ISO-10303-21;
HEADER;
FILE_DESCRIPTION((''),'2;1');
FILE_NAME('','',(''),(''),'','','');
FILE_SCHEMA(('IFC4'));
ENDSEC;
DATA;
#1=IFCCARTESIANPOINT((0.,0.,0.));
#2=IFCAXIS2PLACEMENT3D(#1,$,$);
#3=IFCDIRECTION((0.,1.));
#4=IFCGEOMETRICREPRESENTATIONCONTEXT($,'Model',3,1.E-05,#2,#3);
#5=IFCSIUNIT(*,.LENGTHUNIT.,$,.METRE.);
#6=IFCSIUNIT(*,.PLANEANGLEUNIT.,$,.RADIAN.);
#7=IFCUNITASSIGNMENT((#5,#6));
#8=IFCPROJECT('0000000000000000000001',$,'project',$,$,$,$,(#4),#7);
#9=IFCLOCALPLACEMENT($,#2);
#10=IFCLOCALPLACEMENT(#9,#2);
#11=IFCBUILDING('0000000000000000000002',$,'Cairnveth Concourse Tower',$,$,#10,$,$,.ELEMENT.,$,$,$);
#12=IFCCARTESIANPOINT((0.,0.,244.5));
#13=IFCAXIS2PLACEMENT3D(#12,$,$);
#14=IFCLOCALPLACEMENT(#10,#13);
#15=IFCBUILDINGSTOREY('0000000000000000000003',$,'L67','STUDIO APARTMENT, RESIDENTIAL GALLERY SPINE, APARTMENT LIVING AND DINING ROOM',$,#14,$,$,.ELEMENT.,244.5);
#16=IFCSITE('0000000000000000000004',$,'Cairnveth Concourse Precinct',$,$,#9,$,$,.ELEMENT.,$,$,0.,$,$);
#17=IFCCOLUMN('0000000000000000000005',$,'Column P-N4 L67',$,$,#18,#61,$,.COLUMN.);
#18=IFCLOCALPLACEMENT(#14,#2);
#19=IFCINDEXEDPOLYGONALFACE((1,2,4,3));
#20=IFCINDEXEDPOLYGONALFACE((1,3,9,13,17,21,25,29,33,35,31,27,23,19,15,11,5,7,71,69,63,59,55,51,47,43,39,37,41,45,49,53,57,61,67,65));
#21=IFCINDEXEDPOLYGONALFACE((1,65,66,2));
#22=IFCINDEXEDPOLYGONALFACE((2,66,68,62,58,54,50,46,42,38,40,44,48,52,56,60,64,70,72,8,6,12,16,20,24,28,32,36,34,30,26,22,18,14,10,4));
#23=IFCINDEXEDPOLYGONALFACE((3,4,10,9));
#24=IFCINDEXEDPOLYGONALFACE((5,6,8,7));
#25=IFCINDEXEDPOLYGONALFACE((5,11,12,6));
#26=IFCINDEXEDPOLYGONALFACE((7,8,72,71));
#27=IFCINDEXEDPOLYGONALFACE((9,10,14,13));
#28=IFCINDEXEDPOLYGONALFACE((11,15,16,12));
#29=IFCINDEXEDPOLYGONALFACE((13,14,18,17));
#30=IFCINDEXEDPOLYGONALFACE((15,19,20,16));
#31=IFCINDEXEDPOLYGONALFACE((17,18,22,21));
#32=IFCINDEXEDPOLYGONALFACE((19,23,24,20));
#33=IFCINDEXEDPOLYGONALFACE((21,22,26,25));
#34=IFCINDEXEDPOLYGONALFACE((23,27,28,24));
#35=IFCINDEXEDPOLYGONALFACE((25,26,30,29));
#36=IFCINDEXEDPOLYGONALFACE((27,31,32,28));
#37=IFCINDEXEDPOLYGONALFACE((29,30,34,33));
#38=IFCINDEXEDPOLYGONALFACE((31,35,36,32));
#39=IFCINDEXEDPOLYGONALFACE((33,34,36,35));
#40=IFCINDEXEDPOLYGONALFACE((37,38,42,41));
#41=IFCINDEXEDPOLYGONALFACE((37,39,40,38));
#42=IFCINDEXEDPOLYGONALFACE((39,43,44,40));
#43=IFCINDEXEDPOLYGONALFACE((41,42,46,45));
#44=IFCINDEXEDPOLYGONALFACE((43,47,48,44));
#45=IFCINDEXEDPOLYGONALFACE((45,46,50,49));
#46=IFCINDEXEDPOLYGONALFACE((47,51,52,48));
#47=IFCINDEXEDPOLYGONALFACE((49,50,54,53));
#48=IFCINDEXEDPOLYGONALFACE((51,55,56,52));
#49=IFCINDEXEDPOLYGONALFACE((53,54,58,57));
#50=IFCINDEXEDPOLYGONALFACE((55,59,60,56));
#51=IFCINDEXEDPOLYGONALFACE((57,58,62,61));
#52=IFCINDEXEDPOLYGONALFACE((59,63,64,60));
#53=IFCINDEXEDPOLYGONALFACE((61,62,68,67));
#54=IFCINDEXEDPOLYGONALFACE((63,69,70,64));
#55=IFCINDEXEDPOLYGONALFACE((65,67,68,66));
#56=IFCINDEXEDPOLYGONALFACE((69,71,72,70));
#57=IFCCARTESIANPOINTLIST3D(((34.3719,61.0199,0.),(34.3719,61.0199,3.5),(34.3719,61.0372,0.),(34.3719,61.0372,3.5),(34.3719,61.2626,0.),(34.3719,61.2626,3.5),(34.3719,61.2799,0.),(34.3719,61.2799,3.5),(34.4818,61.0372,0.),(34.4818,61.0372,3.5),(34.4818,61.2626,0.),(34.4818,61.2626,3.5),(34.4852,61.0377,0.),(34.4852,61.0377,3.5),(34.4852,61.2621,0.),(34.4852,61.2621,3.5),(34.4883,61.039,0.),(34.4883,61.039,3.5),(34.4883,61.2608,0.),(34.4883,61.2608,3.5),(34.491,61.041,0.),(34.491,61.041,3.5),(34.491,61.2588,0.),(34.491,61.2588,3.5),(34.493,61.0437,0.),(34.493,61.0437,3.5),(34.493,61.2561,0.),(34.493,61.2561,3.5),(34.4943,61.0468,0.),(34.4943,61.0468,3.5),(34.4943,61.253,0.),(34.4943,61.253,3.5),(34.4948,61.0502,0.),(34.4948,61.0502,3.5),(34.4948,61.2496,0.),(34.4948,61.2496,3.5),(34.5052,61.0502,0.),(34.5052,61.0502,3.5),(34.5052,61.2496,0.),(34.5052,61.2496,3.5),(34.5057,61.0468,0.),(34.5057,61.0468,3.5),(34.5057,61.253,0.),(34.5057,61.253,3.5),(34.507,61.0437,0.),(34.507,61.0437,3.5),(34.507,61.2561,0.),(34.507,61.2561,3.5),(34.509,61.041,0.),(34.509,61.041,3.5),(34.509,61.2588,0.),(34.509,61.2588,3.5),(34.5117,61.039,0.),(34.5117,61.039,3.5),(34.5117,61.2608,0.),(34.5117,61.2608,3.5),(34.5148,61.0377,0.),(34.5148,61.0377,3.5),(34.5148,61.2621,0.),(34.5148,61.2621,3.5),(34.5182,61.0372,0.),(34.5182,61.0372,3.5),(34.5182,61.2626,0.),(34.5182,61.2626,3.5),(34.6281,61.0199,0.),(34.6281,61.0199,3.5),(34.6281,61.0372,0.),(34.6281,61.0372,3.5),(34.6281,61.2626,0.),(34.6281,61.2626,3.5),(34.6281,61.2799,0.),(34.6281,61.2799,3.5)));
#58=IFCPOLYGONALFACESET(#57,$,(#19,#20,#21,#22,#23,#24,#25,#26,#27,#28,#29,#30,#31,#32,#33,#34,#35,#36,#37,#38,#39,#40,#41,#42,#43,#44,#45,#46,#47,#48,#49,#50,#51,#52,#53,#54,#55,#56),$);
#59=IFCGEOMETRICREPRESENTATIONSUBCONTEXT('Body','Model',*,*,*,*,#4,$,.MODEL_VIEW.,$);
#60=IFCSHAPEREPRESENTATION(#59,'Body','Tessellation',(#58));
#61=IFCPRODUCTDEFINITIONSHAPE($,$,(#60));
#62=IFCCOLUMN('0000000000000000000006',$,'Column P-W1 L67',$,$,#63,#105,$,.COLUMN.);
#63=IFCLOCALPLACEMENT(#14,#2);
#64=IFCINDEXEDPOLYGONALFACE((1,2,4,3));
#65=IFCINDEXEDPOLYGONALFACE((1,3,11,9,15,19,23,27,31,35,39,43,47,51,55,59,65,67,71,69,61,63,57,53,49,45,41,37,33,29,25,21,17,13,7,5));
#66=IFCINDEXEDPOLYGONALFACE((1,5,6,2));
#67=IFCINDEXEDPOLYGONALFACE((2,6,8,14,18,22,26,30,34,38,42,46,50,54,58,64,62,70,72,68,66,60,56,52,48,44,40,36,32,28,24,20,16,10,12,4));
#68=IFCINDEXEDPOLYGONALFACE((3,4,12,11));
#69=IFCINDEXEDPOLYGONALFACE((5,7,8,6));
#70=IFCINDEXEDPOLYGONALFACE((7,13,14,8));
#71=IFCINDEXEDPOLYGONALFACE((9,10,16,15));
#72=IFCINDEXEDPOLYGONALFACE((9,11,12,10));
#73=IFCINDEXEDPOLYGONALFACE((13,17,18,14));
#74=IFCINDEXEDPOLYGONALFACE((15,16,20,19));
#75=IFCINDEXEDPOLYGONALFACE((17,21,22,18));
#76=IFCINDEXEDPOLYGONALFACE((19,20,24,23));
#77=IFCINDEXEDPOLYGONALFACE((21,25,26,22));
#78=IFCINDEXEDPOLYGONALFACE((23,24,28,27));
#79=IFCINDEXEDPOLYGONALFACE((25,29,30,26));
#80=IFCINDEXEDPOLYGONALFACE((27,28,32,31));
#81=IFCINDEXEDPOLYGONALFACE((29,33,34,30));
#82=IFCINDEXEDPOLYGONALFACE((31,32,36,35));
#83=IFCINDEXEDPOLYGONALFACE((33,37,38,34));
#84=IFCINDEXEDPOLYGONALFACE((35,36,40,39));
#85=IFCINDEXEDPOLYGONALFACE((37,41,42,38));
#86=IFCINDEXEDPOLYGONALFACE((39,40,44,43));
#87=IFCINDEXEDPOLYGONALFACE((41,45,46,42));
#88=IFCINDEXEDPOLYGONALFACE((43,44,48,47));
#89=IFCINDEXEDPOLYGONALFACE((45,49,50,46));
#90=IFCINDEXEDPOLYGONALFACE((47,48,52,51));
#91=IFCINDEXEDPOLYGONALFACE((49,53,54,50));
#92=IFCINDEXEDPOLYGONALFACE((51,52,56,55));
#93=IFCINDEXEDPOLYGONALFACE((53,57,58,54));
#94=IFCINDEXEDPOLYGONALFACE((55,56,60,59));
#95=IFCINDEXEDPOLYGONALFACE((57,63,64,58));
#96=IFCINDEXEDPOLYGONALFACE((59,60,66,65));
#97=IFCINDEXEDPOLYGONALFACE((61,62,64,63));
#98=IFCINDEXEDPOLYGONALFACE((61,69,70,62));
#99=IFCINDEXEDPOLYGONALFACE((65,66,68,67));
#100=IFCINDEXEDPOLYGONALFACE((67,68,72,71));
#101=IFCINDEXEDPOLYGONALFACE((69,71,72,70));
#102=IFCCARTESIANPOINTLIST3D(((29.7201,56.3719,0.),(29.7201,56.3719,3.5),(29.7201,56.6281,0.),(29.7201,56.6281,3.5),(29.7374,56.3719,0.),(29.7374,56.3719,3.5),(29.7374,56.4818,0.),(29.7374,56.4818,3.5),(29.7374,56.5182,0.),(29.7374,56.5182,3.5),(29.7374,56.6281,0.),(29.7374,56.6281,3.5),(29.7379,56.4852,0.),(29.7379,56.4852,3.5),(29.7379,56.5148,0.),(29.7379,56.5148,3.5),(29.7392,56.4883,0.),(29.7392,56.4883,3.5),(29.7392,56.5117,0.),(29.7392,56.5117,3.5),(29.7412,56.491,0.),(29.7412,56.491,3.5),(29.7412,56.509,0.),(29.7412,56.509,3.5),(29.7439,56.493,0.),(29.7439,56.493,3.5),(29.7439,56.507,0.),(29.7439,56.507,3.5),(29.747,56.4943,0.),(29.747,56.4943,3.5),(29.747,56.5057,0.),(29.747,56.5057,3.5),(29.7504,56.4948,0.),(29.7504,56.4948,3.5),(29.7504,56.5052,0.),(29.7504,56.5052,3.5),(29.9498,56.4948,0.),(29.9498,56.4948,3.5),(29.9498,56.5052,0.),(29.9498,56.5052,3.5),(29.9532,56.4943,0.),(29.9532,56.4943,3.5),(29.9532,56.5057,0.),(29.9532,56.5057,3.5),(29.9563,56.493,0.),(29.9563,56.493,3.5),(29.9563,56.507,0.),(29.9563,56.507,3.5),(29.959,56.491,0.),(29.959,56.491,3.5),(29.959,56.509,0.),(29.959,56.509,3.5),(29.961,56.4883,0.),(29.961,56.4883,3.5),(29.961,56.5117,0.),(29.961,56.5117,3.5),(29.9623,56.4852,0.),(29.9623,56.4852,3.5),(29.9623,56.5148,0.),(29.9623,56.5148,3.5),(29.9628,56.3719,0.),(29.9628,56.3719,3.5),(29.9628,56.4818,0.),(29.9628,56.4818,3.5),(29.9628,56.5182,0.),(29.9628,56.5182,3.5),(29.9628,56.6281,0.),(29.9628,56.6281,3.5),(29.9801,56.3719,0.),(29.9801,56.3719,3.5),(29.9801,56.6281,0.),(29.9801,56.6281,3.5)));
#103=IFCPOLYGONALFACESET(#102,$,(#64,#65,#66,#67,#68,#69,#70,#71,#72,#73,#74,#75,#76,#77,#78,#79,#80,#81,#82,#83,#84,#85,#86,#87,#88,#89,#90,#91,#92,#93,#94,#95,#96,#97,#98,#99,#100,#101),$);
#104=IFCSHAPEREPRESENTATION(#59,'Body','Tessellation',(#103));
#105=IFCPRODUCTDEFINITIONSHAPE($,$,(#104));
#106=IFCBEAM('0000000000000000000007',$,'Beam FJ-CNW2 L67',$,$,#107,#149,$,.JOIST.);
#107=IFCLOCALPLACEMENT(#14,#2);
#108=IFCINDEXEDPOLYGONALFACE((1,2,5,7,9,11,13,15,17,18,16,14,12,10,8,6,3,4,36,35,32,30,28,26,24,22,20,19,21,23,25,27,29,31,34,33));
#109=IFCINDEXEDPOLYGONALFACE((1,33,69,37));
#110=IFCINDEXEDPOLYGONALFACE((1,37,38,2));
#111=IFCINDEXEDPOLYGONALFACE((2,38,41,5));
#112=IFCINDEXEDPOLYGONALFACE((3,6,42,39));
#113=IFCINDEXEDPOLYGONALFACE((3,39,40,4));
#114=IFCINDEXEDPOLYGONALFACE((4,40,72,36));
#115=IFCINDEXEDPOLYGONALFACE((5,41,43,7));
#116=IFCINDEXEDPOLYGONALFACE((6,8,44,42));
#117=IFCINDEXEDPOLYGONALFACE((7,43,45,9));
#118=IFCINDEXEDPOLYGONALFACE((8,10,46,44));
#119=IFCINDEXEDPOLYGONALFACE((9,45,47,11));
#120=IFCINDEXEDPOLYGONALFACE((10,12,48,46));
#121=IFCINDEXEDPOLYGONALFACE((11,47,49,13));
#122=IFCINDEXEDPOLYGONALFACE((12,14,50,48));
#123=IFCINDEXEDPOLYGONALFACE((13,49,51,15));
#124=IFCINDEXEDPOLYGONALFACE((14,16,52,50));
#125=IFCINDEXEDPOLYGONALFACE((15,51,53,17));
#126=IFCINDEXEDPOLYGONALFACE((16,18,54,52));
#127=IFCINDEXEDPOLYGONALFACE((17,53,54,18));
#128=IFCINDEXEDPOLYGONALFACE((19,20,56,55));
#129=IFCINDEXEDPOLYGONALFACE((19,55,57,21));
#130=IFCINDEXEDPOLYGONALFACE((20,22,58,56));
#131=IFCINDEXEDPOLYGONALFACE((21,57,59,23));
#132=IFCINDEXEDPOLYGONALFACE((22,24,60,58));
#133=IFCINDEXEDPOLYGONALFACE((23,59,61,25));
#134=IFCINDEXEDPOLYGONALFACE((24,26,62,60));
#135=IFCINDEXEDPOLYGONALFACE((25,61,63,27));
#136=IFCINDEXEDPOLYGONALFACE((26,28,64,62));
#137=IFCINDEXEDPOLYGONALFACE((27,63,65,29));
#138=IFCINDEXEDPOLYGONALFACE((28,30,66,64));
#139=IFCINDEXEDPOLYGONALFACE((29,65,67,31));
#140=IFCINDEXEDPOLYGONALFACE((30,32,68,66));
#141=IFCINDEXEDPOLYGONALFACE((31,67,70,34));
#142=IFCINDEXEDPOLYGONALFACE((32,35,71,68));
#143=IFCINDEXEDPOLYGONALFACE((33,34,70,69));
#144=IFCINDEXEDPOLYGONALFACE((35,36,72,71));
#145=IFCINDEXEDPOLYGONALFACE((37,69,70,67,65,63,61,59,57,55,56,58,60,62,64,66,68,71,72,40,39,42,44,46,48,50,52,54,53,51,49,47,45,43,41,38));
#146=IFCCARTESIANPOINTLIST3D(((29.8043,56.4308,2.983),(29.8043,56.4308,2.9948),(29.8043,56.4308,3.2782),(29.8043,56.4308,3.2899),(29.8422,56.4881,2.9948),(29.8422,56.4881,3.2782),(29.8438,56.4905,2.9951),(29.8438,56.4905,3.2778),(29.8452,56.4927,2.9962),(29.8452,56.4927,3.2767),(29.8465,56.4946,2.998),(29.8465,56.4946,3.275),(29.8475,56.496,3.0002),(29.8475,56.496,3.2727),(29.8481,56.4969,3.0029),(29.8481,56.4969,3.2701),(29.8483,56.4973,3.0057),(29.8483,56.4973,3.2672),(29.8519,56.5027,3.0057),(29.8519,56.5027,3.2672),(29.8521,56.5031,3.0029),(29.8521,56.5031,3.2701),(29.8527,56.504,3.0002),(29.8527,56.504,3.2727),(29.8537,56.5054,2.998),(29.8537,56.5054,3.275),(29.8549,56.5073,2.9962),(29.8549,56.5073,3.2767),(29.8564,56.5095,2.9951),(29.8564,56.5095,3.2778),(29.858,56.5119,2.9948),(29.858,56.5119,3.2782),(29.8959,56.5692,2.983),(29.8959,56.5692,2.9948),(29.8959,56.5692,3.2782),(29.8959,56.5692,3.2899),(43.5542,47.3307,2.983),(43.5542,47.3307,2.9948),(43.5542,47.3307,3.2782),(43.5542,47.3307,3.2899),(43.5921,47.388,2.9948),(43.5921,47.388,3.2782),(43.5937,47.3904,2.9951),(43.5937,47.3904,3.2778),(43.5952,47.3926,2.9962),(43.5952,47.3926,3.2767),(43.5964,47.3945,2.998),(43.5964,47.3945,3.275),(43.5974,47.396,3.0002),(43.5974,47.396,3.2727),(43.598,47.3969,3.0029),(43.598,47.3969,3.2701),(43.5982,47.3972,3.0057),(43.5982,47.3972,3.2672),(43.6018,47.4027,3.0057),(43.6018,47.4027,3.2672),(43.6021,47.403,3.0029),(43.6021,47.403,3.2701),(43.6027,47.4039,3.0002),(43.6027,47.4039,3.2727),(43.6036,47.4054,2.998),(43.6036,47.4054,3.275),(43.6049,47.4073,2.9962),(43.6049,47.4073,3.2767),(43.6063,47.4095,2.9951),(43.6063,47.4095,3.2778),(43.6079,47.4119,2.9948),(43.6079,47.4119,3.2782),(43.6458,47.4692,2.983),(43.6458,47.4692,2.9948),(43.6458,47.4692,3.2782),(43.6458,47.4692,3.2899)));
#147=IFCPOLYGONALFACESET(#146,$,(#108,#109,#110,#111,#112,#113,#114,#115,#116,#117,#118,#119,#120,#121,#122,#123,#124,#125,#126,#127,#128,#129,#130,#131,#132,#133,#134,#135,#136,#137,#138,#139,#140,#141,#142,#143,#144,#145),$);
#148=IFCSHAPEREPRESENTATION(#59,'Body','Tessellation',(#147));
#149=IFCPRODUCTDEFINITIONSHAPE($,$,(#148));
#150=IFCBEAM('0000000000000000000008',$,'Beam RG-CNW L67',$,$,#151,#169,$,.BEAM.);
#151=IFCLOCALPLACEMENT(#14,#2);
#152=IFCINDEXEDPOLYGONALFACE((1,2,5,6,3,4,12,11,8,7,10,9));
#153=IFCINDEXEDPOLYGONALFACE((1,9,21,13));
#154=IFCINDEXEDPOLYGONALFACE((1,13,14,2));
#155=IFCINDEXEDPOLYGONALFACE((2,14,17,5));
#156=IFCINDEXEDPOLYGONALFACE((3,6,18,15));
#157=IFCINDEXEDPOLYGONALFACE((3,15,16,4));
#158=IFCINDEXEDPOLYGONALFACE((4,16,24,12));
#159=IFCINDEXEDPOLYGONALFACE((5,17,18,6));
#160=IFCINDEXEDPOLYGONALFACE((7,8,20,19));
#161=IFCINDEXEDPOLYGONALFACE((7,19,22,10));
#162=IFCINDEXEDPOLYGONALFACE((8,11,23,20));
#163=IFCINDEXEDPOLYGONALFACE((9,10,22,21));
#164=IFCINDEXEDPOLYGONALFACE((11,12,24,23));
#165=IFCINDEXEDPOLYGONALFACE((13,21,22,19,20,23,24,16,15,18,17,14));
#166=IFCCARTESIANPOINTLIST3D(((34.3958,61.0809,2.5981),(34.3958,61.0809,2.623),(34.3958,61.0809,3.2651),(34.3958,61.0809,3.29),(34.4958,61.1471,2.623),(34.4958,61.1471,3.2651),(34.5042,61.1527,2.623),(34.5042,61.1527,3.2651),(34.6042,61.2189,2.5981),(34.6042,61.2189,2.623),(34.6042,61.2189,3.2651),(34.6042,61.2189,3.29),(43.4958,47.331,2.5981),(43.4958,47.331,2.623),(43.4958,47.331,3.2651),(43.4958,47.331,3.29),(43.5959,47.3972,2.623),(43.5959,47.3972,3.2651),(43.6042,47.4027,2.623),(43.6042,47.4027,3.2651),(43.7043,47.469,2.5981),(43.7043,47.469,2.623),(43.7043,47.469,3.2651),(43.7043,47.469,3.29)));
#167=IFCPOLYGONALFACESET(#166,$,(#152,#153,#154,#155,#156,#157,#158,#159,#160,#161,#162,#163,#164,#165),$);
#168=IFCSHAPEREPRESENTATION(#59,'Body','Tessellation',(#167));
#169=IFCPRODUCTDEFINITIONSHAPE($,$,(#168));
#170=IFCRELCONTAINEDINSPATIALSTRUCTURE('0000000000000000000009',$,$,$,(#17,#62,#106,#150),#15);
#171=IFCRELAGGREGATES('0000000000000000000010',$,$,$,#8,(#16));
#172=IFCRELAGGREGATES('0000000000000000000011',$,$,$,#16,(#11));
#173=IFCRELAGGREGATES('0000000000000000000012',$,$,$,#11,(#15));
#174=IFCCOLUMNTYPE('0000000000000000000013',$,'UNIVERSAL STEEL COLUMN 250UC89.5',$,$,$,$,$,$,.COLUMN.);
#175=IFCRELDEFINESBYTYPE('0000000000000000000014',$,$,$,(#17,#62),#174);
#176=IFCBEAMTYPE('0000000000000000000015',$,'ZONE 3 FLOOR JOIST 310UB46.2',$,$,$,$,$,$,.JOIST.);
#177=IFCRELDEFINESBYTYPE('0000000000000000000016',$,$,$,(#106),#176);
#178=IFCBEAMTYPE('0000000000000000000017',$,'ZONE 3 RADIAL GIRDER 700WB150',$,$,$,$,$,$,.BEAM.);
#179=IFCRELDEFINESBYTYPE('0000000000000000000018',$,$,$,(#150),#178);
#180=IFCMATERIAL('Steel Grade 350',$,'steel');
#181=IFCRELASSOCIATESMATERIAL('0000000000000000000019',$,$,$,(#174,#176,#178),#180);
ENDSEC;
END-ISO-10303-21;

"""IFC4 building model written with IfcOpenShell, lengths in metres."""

from ifc_helpers import new_model, si_unit, direction, frame, origin, origin_2d, place, context, subcontext, project, spatial, i_section, extrude, material, material_profile, profile_set, type_object, element, save


model = new_model("IFC4")

# Units and contexts
model_context = context("Model", 3, precision=1e-05, world=origin(), true_north=direction((0.0, 1.0)))
body_context = subcontext(model_context, "Body", "Model", "MODEL_VIEW")
ifc_project = project(units=[si_unit("LENGTHUNIT", "METRE"), si_unit("PLANEANGLEUNIT", "RADIAN")], contexts=[model_context])

# Site, building, storey
site_placement = place(None, origin())
site = spatial("IfcSite", under=ifc_project, at=site_placement, Name="Cairnveth Concourse Precinct", CompositionType="ELEMENT", RefElevation=0.0)
building_placement = place(site_placement, origin())
building = spatial("IfcBuilding", under=site, at=building_placement, Name="Cairnveth Concourse Tower", CompositionType="ELEMENT")
storey_placement = place(building_placement, frame((0.0, 0.0, 244.5)))
storey = spatial("IfcBuildingStorey", under=building, at=storey_placement, Name="L67", Description="STUDIO APARTMENT, RESIDENTIAL GALLERY SPINE, APARTMENT LIVING AND DINING ROOM", CompositionType="ELEMENT", Elevation=244.5)

# Columns
ifc_material_1 = material(Name="Steel Grade 350", Category="steel")
ifc_material_profile_1 = material_profile(ifc_material_1, i_section(OverallWidth=0.2561, OverallDepth=0.26, WebThickness=0.0105, FlangeThickness=0.0173, FilletRadius=0.0129, at=origin_2d()), Name="250UC89.5")
ifc_profile_set_1 = profile_set([ifc_material_profile_1], Name="Steel Grade 350")
column_type = type_object("IfcColumnType", Name="UNIVERSAL STEEL COLUMN 250UC89.5", PredefinedType="COLUMN", material=ifc_profile_set_1)
for number, where, z_axis, x_axis, name in (
    (1, (34.5, 61.1499, 0.0), (0.0, 0.0, 1.0), (1.0, 0.0, 0.0), "Column P-N4 L67"),
    (2, (29.8501, 56.5, 0.0), (0.0, 0.0, 1.0), (0.0, 1.0, 0.0), "Column P-W1 L67"),
):
    element("IfcColumn", number, at=place(storey_placement, frame(where, z_axis=z_axis, x_axis=x_axis)), inside=storey, type_object=column_type, Name=name, PredefinedType="COLUMN", context=body_context, shape_type="SweptSolid", body=[
        extrude(i_section(OverallWidth=0.2561, OverallDepth=0.26, WebThickness=0.0105, FlangeThickness=0.0173, FilletRadius=0.0129, at=origin_2d()), origin(), (0.0, 0.0, 1.0), 3.5),
    ])

# Beams
ifc_material_profile_2 = material_profile(ifc_material_1, i_section(OverallWidth=0.166, OverallDepth=0.3069, WebThickness=0.0066, FlangeThickness=0.0117, FilletRadius=0.011, at=origin_2d()), Name="310UB46.2")
ifc_profile_set_2 = profile_set([ifc_material_profile_2], Name="Steel Grade 350")
beam_type_1 = type_object("IfcBeamType", Name="ZONE 3 FLOOR JOIST 310UB46.2", PredefinedType="JOIST", material=ifc_profile_set_2)
beam_1_placement = place(storey_placement, frame((29.8501, 56.5, 3.1365), z_axis=(0.833909, -0.551902, 0.0), x_axis=(0.551902, 0.833909, 0.0)))
element("IfcBeam", 3, at=beam_1_placement, inside=storey, type_object=beam_type_1, Name="Beam FJ-CNW2 L67", PredefinedType="JOIST", context=body_context, shape_type="SweptSolid", body=[
    extrude(i_section(OverallWidth=0.166, OverallDepth=0.3069, WebThickness=0.0066, FlangeThickness=0.0117, FilletRadius=0.011, at=origin_2d()), origin(), (0.0, 0.0, 1.0), 16.4885),
])
ifc_material_profile_3 = material_profile(ifc_material_1, i_section(OverallWidth=0.25, OverallDepth=0.6919, WebThickness=0.01, FlangeThickness=0.0249, at=origin_2d()), Name="700WB150")
ifc_profile_set_3 = profile_set([ifc_material_profile_3], Name="Steel Grade 350")
beam_type_2 = type_object("IfcBeamType", Name="ZONE 3 RADIAL GIRDER 700WB150", PredefinedType="BEAM", material=ifc_profile_set_3)
beam_2_placement = place(storey_placement, frame((34.5, 61.1499, 2.9441), z_axis=(0.551902, -0.833909, 0.0), x_axis=(0.833909, 0.551902, 0.0)))
element("IfcBeam", 4, at=beam_2_placement, inside=storey, type_object=beam_type_2, Name="Beam RG-CNW L67", PredefinedType="BEAM", context=body_context, shape_type="SweptSolid", body=[
    extrude(i_section(OverallWidth=0.25, OverallDepth=0.6919, WebThickness=0.01, FlangeThickness=0.0249, at=origin_2d()), origin(), (0.0, 0.0, 1.0), 16.4885),
])

save(model, "model.ifc")
